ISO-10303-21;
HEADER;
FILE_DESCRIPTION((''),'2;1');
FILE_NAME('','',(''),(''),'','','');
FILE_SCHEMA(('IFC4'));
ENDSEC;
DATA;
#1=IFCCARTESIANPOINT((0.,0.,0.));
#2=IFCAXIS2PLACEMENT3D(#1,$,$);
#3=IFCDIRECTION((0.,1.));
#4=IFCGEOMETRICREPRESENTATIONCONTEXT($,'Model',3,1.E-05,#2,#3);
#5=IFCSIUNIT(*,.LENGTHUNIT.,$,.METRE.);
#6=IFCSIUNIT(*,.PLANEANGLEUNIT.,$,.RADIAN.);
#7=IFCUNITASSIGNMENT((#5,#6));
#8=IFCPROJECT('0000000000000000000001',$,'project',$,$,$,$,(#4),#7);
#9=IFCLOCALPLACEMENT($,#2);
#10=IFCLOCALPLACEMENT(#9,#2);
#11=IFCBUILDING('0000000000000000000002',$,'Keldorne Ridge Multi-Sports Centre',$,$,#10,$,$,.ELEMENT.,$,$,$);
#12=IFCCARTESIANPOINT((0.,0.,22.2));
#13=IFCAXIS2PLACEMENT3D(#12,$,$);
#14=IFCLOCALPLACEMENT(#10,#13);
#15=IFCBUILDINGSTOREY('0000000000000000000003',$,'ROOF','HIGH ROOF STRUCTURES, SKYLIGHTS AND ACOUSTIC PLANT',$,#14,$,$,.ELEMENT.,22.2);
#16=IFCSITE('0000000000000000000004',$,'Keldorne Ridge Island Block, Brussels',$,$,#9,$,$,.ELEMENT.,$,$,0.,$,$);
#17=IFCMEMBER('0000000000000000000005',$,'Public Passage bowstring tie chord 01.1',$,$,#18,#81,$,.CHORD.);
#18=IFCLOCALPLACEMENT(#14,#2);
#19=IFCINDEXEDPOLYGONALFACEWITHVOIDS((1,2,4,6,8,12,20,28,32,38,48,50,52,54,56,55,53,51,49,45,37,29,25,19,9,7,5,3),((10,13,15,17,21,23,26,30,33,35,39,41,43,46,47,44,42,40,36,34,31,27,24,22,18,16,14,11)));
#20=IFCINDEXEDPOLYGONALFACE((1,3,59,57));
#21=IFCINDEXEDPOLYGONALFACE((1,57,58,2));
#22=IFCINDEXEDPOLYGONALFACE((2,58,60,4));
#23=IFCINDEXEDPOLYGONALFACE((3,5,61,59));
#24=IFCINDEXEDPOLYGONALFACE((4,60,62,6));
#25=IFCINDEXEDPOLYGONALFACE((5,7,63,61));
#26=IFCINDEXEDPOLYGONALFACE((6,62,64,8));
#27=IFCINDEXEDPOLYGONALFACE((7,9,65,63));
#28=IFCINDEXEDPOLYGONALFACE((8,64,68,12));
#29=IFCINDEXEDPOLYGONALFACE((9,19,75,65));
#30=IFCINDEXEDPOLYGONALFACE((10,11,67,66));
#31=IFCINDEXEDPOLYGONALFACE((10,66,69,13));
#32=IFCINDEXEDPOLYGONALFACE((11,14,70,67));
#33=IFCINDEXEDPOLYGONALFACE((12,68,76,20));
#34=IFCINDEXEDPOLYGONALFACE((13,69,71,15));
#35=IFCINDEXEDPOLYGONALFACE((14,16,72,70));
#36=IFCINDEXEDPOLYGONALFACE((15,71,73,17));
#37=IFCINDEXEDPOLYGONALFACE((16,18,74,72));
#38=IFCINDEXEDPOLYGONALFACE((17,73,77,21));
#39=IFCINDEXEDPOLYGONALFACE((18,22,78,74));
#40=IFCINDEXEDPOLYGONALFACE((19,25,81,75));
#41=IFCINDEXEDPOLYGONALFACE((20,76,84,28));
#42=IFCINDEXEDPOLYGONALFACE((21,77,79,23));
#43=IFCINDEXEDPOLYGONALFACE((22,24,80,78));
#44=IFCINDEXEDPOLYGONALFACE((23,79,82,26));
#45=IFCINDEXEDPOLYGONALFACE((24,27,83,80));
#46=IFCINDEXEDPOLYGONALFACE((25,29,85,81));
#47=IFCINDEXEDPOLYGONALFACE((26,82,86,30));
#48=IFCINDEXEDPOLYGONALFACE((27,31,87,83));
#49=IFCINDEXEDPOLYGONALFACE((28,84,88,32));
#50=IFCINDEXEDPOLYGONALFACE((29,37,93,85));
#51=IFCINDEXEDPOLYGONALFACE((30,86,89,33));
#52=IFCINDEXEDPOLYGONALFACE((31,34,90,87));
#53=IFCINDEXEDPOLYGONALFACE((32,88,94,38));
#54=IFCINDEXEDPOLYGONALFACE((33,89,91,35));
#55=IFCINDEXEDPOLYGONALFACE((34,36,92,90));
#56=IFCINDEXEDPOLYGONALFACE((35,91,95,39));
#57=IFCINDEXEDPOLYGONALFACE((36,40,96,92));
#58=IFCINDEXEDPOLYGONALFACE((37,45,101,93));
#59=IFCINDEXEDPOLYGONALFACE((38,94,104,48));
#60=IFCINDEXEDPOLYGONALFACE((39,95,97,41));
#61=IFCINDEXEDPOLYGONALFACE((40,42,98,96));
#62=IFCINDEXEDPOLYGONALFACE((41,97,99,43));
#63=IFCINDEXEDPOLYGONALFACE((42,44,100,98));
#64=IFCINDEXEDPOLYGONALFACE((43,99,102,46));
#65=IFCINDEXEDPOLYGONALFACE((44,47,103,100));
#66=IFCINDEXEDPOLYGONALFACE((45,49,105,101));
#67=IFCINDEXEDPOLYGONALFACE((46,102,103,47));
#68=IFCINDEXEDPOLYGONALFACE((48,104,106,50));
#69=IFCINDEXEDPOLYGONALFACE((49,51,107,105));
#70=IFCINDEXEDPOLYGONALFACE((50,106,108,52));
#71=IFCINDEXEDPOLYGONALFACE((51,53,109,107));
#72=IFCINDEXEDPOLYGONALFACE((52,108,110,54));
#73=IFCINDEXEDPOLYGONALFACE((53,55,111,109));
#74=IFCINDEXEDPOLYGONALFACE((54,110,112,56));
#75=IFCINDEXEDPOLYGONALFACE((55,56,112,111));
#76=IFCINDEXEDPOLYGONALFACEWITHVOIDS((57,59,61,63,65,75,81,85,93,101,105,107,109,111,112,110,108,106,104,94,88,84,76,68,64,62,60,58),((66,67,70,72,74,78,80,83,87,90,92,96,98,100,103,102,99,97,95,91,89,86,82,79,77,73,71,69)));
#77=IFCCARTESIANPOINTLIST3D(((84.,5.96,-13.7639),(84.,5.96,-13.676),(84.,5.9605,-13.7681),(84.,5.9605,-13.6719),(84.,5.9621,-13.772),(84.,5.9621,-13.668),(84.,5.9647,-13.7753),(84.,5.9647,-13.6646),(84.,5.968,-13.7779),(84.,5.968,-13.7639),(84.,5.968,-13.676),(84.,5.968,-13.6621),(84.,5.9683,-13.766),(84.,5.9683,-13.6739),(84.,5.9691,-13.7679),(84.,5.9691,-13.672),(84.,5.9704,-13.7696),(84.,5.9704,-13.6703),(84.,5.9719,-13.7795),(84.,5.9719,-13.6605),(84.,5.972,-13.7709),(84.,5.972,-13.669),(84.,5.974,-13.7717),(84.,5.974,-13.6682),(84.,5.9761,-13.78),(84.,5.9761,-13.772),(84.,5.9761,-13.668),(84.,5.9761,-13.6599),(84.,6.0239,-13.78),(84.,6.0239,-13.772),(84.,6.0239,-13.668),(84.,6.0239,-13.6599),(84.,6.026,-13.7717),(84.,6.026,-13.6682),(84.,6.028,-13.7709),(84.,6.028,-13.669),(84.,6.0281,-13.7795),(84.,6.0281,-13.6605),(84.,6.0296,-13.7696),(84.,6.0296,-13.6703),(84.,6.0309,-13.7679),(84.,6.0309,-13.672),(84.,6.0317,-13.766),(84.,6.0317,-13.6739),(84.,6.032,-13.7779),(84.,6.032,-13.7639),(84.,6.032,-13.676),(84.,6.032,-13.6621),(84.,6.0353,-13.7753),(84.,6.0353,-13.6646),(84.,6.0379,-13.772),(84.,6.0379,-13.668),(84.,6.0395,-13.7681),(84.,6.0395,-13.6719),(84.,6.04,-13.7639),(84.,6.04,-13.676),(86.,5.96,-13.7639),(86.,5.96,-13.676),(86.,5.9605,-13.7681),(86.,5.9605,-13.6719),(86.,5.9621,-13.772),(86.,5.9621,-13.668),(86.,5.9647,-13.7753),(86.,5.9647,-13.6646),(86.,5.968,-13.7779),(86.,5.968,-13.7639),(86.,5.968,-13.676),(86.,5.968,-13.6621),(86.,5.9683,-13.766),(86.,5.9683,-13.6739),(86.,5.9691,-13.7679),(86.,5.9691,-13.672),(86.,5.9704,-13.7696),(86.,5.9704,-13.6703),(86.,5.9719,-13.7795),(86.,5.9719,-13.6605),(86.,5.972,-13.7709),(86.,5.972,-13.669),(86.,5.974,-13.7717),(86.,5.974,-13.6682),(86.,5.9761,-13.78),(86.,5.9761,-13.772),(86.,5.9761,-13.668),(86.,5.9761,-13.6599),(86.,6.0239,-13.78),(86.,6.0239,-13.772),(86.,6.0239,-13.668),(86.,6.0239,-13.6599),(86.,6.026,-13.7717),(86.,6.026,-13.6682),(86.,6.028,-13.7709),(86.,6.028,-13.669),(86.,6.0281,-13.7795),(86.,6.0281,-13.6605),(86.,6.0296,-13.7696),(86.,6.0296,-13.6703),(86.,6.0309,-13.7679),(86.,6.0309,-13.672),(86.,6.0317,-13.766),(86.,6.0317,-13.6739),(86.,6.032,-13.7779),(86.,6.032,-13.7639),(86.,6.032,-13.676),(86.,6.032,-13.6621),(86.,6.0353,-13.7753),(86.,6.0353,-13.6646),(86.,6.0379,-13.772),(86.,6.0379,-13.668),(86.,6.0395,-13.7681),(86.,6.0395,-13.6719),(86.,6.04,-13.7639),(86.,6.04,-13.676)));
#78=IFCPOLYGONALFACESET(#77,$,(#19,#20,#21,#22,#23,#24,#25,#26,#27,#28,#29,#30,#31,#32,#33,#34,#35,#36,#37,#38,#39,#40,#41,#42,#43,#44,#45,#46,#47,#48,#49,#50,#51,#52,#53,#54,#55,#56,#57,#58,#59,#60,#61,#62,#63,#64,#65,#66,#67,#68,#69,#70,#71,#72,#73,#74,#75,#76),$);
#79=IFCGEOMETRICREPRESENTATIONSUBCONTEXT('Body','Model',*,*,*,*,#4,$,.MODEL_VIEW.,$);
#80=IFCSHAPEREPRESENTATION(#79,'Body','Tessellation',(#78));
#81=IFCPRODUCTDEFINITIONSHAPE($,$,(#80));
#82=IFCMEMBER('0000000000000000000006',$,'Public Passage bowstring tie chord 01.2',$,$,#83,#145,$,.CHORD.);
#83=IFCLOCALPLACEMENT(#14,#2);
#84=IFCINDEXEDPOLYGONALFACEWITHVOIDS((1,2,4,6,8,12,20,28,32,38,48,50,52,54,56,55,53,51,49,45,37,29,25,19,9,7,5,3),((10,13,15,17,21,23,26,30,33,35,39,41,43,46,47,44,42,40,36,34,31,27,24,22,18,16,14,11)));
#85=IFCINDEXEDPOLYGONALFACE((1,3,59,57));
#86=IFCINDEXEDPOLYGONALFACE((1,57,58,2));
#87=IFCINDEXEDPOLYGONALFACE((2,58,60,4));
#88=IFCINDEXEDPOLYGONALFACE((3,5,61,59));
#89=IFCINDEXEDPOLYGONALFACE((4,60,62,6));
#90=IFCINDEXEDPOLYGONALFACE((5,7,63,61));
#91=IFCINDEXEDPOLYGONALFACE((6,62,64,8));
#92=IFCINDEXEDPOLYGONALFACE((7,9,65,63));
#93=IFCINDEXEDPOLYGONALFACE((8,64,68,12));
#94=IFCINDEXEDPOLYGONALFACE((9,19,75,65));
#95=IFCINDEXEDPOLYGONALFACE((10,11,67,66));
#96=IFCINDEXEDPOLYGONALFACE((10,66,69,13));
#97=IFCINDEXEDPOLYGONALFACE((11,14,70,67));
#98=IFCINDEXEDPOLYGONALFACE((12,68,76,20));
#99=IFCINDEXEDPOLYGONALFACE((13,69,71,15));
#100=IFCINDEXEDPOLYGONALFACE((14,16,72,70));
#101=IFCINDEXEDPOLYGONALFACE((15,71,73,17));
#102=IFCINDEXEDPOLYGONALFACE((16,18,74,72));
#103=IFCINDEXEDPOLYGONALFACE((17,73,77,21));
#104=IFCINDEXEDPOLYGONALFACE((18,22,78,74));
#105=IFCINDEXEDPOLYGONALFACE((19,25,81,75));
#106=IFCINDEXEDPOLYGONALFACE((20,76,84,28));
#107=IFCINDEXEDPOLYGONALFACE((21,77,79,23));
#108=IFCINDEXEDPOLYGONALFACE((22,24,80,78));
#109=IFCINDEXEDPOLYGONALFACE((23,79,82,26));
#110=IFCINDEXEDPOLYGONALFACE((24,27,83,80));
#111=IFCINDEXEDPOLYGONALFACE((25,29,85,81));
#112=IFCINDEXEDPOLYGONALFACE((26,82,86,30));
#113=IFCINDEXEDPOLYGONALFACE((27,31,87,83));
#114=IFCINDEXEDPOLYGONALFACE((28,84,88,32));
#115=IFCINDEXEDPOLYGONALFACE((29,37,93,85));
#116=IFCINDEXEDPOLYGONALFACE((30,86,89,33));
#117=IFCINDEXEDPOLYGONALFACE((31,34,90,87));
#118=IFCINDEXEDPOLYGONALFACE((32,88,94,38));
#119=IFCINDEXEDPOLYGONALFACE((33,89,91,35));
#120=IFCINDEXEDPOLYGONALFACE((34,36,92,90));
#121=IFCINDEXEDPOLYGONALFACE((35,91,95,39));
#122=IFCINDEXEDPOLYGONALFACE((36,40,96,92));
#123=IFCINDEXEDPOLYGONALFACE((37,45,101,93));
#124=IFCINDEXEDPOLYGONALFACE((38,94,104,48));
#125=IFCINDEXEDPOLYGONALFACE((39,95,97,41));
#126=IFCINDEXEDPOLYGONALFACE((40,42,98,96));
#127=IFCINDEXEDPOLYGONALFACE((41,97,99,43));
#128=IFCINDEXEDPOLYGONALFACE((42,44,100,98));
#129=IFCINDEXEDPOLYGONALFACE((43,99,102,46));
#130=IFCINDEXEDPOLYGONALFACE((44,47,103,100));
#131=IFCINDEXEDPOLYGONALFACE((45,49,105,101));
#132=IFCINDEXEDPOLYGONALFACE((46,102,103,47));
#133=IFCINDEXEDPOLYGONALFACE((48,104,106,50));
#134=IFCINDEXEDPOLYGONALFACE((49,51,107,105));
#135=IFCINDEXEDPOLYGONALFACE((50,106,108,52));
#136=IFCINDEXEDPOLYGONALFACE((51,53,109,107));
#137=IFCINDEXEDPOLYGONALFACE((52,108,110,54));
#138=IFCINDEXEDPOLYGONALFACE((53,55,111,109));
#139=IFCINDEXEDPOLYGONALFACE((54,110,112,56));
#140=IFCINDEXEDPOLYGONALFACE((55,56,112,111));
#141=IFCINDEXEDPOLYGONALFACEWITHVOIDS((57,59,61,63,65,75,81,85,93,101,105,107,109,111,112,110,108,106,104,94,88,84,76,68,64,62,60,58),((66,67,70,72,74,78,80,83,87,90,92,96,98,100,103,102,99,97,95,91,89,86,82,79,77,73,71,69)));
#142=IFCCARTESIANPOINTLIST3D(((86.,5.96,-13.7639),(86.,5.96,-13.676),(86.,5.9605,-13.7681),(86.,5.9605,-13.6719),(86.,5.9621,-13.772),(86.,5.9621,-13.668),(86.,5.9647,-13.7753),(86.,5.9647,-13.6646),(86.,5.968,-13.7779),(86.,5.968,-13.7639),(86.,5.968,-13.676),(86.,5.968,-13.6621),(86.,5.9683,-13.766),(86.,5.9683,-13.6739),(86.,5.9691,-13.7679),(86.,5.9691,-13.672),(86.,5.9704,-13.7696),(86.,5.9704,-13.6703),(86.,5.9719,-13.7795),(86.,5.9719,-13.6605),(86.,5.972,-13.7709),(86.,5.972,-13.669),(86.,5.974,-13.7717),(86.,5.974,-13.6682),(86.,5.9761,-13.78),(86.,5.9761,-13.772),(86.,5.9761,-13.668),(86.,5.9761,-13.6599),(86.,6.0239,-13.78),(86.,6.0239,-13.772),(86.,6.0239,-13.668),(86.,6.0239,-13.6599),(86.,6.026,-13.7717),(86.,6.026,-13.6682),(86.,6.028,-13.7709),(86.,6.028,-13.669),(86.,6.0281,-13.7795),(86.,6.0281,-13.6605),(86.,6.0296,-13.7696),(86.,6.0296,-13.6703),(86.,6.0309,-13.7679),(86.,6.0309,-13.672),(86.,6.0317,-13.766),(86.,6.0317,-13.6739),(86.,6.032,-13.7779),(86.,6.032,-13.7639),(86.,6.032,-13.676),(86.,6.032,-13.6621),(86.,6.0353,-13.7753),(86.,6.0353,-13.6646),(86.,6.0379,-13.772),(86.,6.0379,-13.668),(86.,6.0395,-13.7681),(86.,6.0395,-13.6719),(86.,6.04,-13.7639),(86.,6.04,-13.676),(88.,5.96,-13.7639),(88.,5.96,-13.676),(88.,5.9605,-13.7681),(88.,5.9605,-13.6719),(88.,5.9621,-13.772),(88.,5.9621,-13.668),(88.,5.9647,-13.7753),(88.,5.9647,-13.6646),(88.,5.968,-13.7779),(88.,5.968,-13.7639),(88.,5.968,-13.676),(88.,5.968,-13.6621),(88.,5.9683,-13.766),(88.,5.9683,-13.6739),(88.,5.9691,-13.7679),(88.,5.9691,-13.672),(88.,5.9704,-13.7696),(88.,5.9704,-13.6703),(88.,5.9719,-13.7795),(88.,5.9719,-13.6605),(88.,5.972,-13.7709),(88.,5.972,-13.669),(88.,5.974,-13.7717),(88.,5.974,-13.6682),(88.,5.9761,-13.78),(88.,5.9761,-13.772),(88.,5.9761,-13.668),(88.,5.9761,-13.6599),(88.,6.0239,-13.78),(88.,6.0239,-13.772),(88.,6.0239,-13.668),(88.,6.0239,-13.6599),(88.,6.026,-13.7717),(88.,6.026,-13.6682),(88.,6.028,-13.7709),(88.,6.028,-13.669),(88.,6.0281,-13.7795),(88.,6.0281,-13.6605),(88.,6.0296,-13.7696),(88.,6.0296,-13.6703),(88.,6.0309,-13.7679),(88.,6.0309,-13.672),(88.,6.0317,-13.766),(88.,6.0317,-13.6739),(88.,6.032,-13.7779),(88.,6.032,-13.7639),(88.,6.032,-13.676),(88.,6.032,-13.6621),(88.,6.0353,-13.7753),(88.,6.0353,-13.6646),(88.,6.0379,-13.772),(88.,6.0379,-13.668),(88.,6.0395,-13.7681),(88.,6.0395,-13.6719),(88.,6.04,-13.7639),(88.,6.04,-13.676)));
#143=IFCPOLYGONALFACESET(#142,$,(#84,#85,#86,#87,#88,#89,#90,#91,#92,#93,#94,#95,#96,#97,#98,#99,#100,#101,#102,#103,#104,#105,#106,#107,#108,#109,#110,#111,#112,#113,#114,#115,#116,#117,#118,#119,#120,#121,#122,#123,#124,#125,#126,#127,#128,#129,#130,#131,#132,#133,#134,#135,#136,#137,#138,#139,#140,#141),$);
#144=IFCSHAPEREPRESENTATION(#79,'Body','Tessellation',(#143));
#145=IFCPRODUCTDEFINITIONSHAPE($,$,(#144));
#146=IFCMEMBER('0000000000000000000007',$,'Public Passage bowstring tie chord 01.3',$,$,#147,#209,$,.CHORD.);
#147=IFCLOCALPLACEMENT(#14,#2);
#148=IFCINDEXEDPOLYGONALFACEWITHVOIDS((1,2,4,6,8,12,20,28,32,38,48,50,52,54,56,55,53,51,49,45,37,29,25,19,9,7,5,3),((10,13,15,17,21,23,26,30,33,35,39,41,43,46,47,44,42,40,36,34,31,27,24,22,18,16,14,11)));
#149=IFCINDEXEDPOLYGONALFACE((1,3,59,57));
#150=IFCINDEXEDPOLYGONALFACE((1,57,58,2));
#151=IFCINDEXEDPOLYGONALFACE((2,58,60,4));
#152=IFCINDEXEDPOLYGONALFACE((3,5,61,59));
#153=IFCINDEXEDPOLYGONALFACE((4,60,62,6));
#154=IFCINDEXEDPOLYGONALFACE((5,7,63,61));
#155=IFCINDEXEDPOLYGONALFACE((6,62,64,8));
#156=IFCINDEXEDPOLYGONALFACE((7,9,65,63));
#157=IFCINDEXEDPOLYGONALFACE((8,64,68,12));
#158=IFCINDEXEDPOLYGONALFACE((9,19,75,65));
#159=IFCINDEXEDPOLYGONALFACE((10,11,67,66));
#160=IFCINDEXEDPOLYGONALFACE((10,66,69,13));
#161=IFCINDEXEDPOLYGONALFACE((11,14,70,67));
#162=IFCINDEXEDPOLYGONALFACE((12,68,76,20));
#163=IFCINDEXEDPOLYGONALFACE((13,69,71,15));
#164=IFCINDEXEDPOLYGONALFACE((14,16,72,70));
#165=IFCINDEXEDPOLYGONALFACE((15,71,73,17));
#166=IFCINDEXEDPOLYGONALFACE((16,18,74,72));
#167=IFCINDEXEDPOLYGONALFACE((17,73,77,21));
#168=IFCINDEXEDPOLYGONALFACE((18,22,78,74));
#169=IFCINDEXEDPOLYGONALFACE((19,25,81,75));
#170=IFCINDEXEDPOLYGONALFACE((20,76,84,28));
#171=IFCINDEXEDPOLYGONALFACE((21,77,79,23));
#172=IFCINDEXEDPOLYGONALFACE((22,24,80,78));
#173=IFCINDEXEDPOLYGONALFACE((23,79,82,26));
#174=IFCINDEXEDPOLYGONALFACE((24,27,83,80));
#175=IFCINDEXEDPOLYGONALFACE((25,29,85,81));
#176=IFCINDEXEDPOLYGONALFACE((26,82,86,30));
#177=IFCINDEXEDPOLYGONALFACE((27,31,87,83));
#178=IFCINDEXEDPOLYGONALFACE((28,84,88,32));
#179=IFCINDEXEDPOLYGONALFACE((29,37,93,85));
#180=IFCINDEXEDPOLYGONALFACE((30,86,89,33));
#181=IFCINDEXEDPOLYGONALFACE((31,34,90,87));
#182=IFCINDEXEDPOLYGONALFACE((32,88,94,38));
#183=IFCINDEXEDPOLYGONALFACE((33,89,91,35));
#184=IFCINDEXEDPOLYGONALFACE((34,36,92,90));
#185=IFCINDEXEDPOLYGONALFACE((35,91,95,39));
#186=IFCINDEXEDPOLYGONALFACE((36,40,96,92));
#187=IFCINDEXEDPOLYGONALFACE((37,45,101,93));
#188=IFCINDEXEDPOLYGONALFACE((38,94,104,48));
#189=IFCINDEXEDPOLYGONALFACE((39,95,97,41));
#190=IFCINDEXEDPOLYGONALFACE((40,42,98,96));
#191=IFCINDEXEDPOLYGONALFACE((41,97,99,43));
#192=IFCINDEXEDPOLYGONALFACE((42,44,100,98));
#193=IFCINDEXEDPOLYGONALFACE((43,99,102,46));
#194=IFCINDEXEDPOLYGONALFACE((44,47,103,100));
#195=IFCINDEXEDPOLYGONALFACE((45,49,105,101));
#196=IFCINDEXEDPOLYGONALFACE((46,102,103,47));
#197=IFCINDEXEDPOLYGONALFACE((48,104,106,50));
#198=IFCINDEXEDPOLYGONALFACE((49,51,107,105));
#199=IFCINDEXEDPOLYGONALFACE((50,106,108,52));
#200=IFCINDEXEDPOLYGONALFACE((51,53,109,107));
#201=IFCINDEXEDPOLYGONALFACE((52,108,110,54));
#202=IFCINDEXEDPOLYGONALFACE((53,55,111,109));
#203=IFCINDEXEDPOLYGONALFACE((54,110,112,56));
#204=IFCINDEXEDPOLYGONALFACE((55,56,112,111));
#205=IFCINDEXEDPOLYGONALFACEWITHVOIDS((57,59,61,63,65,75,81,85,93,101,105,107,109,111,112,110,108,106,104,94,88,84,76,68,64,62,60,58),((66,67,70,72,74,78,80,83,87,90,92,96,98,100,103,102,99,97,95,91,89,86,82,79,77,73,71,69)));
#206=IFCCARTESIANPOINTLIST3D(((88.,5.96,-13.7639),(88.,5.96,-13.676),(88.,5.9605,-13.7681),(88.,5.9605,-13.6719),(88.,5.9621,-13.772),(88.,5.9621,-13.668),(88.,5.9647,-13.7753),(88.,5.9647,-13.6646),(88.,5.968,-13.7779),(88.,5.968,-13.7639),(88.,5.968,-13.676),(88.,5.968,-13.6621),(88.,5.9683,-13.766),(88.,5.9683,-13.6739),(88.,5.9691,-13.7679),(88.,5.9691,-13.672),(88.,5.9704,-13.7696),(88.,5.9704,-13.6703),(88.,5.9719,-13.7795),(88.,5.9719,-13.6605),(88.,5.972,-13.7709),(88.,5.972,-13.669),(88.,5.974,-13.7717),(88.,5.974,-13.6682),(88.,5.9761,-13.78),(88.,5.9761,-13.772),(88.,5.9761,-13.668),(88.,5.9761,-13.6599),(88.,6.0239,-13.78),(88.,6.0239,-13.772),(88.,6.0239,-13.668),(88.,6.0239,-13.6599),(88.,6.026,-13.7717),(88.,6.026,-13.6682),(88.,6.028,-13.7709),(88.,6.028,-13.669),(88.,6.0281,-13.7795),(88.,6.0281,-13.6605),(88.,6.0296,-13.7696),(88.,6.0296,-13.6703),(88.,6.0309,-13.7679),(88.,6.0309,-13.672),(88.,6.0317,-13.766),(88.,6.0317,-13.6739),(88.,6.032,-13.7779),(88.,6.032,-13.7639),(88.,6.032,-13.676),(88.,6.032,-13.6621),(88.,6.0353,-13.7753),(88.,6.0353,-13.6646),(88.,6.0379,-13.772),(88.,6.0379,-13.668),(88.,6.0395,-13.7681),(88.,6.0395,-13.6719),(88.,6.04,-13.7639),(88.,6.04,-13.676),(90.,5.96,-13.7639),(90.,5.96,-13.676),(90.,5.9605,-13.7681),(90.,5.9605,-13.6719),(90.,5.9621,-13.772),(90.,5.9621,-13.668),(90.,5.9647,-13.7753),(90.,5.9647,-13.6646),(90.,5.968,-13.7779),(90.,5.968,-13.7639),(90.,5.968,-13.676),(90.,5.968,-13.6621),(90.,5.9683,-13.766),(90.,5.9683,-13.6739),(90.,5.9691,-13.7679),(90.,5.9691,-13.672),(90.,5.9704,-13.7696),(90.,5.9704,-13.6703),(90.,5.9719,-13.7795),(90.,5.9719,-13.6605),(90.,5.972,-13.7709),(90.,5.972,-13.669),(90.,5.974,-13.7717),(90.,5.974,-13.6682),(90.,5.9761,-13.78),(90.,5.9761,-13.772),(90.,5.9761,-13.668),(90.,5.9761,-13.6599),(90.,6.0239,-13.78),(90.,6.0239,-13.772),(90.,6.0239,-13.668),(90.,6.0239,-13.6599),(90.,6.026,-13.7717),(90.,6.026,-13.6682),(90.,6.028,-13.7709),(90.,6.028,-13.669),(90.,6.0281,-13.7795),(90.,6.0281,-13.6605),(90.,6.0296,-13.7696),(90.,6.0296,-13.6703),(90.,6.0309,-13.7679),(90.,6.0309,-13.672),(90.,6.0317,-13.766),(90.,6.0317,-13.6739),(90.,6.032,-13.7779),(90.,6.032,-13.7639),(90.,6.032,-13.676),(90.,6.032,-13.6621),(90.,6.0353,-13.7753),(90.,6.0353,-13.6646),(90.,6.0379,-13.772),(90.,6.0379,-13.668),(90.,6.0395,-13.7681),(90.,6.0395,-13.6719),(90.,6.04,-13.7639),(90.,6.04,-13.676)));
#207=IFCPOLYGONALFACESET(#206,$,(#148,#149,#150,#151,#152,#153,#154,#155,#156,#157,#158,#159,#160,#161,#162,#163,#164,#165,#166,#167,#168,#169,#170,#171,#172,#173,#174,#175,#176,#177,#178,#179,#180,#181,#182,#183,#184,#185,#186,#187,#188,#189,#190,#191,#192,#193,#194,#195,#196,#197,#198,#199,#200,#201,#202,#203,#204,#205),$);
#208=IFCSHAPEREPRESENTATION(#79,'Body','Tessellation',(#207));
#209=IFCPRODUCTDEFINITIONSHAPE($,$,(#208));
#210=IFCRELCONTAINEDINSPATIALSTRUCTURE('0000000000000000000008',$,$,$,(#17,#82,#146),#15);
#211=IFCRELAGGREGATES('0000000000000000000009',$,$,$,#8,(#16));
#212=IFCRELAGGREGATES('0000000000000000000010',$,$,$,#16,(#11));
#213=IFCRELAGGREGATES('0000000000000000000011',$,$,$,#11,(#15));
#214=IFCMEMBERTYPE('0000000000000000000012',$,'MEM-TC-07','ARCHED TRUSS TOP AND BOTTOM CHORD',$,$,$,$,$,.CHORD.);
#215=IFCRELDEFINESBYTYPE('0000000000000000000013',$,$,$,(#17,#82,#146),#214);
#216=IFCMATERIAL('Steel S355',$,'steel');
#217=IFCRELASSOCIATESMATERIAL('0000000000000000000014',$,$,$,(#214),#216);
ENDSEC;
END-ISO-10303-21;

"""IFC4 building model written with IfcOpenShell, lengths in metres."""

from ifc_helpers import new_model, si_unit, direction, frame, origin, origin_2d, place, context, subcontext, project, spatial, hollow_rectangle, extrude, material, material_profile, profile_set, type_object, element, save


model = new_model("IFC4")

# Units and contexts
model_context = context("Model", 3, precision=1e-05, world=origin(), true_north=direction((0.0, 1.0)))
body_context = subcontext(model_context, "Body", "Model", "MODEL_VIEW")
ifc_project = project(units=[si_unit("LENGTHUNIT", "METRE"), si_unit("PLANEANGLEUNIT", "RADIAN")], contexts=[model_context])

# Site, building, storey
site_placement = place(None, origin())
site = spatial("IfcSite", under=ifc_project, at=site_placement, Name="Keldorne Ridge Island Block, Brussels", CompositionType="ELEMENT", RefElevation=0.0)
building_placement = place(site_placement, origin())
building = spatial("IfcBuilding", under=site, at=building_placement, Name="Keldorne Ridge Multi-Sports Centre", CompositionType="ELEMENT")
storey_placement = place(building_placement, frame((0.0, 0.0, 22.2)))
storey = spatial("IfcBuildingStorey", under=building, at=storey_placement, Name="ROOF", Description="HIGH ROOF STRUCTURES, SKYLIGHTS AND ACOUSTIC PLANT", CompositionType="ELEMENT", Elevation=22.2)

# Members
ifc_material = material(Name="Steel S355", Category="steel")
ifc_material_profile_1 = material_profile(ifc_material, hollow_rectangle(XDim=0.0801, YDim=0.1201, WallThickness=0.0081, InnerFilletRadius=0.0081, OuterFilletRadius=0.0161, at=origin_2d()), Name="RHS 120x80x8")
ifc_profile_set_1 = profile_set([ifc_material_profile_1], Name="Steel S355")
member_type_1 = type_object("IfcMemberType", Name="MEM-TC-07", Description="ARCHED TRUSS TOP AND BOTTOM CHORD", PredefinedType="CHORD", material=ifc_profile_set_1)
for number, where, z_axis, x_axis, name in (
    (1, (84.0, 6.0, -13.72), (1.0, 0.0, 0.0), (0.0, 1.0, 0.0), "Public Passage bowstring tie chord 01.1"),
    (2, (86.0, 6.0, -13.72), (1.0, 0.0, 0.0), (0.0, 1.0, 0.0), "Public Passage bowstring tie chord 01.2"),
    (3, (88.0, 6.0, -13.72), (1.0, 0.0, 0.0), (0.0, 1.0, 0.0), "Public Passage bowstring tie chord 01.3"),
):
    element("IfcMember", number, at=place(storey_placement, frame(where, z_axis=z_axis, x_axis=x_axis)), inside=storey, type_object=member_type_1, Name=name, PredefinedType="CHORD", context=body_context, shape_type="SweptSolid", body=[
        extrude(hollow_rectangle(XDim=0.0801, YDim=0.1201, WallThickness=0.0081, InnerFilletRadius=0.0081, OuterFilletRadius=0.0161, at=origin_2d()), origin(), (0.0, 0.0, 1.0), 2.0),
    ])

save(model, "model.ifc")
